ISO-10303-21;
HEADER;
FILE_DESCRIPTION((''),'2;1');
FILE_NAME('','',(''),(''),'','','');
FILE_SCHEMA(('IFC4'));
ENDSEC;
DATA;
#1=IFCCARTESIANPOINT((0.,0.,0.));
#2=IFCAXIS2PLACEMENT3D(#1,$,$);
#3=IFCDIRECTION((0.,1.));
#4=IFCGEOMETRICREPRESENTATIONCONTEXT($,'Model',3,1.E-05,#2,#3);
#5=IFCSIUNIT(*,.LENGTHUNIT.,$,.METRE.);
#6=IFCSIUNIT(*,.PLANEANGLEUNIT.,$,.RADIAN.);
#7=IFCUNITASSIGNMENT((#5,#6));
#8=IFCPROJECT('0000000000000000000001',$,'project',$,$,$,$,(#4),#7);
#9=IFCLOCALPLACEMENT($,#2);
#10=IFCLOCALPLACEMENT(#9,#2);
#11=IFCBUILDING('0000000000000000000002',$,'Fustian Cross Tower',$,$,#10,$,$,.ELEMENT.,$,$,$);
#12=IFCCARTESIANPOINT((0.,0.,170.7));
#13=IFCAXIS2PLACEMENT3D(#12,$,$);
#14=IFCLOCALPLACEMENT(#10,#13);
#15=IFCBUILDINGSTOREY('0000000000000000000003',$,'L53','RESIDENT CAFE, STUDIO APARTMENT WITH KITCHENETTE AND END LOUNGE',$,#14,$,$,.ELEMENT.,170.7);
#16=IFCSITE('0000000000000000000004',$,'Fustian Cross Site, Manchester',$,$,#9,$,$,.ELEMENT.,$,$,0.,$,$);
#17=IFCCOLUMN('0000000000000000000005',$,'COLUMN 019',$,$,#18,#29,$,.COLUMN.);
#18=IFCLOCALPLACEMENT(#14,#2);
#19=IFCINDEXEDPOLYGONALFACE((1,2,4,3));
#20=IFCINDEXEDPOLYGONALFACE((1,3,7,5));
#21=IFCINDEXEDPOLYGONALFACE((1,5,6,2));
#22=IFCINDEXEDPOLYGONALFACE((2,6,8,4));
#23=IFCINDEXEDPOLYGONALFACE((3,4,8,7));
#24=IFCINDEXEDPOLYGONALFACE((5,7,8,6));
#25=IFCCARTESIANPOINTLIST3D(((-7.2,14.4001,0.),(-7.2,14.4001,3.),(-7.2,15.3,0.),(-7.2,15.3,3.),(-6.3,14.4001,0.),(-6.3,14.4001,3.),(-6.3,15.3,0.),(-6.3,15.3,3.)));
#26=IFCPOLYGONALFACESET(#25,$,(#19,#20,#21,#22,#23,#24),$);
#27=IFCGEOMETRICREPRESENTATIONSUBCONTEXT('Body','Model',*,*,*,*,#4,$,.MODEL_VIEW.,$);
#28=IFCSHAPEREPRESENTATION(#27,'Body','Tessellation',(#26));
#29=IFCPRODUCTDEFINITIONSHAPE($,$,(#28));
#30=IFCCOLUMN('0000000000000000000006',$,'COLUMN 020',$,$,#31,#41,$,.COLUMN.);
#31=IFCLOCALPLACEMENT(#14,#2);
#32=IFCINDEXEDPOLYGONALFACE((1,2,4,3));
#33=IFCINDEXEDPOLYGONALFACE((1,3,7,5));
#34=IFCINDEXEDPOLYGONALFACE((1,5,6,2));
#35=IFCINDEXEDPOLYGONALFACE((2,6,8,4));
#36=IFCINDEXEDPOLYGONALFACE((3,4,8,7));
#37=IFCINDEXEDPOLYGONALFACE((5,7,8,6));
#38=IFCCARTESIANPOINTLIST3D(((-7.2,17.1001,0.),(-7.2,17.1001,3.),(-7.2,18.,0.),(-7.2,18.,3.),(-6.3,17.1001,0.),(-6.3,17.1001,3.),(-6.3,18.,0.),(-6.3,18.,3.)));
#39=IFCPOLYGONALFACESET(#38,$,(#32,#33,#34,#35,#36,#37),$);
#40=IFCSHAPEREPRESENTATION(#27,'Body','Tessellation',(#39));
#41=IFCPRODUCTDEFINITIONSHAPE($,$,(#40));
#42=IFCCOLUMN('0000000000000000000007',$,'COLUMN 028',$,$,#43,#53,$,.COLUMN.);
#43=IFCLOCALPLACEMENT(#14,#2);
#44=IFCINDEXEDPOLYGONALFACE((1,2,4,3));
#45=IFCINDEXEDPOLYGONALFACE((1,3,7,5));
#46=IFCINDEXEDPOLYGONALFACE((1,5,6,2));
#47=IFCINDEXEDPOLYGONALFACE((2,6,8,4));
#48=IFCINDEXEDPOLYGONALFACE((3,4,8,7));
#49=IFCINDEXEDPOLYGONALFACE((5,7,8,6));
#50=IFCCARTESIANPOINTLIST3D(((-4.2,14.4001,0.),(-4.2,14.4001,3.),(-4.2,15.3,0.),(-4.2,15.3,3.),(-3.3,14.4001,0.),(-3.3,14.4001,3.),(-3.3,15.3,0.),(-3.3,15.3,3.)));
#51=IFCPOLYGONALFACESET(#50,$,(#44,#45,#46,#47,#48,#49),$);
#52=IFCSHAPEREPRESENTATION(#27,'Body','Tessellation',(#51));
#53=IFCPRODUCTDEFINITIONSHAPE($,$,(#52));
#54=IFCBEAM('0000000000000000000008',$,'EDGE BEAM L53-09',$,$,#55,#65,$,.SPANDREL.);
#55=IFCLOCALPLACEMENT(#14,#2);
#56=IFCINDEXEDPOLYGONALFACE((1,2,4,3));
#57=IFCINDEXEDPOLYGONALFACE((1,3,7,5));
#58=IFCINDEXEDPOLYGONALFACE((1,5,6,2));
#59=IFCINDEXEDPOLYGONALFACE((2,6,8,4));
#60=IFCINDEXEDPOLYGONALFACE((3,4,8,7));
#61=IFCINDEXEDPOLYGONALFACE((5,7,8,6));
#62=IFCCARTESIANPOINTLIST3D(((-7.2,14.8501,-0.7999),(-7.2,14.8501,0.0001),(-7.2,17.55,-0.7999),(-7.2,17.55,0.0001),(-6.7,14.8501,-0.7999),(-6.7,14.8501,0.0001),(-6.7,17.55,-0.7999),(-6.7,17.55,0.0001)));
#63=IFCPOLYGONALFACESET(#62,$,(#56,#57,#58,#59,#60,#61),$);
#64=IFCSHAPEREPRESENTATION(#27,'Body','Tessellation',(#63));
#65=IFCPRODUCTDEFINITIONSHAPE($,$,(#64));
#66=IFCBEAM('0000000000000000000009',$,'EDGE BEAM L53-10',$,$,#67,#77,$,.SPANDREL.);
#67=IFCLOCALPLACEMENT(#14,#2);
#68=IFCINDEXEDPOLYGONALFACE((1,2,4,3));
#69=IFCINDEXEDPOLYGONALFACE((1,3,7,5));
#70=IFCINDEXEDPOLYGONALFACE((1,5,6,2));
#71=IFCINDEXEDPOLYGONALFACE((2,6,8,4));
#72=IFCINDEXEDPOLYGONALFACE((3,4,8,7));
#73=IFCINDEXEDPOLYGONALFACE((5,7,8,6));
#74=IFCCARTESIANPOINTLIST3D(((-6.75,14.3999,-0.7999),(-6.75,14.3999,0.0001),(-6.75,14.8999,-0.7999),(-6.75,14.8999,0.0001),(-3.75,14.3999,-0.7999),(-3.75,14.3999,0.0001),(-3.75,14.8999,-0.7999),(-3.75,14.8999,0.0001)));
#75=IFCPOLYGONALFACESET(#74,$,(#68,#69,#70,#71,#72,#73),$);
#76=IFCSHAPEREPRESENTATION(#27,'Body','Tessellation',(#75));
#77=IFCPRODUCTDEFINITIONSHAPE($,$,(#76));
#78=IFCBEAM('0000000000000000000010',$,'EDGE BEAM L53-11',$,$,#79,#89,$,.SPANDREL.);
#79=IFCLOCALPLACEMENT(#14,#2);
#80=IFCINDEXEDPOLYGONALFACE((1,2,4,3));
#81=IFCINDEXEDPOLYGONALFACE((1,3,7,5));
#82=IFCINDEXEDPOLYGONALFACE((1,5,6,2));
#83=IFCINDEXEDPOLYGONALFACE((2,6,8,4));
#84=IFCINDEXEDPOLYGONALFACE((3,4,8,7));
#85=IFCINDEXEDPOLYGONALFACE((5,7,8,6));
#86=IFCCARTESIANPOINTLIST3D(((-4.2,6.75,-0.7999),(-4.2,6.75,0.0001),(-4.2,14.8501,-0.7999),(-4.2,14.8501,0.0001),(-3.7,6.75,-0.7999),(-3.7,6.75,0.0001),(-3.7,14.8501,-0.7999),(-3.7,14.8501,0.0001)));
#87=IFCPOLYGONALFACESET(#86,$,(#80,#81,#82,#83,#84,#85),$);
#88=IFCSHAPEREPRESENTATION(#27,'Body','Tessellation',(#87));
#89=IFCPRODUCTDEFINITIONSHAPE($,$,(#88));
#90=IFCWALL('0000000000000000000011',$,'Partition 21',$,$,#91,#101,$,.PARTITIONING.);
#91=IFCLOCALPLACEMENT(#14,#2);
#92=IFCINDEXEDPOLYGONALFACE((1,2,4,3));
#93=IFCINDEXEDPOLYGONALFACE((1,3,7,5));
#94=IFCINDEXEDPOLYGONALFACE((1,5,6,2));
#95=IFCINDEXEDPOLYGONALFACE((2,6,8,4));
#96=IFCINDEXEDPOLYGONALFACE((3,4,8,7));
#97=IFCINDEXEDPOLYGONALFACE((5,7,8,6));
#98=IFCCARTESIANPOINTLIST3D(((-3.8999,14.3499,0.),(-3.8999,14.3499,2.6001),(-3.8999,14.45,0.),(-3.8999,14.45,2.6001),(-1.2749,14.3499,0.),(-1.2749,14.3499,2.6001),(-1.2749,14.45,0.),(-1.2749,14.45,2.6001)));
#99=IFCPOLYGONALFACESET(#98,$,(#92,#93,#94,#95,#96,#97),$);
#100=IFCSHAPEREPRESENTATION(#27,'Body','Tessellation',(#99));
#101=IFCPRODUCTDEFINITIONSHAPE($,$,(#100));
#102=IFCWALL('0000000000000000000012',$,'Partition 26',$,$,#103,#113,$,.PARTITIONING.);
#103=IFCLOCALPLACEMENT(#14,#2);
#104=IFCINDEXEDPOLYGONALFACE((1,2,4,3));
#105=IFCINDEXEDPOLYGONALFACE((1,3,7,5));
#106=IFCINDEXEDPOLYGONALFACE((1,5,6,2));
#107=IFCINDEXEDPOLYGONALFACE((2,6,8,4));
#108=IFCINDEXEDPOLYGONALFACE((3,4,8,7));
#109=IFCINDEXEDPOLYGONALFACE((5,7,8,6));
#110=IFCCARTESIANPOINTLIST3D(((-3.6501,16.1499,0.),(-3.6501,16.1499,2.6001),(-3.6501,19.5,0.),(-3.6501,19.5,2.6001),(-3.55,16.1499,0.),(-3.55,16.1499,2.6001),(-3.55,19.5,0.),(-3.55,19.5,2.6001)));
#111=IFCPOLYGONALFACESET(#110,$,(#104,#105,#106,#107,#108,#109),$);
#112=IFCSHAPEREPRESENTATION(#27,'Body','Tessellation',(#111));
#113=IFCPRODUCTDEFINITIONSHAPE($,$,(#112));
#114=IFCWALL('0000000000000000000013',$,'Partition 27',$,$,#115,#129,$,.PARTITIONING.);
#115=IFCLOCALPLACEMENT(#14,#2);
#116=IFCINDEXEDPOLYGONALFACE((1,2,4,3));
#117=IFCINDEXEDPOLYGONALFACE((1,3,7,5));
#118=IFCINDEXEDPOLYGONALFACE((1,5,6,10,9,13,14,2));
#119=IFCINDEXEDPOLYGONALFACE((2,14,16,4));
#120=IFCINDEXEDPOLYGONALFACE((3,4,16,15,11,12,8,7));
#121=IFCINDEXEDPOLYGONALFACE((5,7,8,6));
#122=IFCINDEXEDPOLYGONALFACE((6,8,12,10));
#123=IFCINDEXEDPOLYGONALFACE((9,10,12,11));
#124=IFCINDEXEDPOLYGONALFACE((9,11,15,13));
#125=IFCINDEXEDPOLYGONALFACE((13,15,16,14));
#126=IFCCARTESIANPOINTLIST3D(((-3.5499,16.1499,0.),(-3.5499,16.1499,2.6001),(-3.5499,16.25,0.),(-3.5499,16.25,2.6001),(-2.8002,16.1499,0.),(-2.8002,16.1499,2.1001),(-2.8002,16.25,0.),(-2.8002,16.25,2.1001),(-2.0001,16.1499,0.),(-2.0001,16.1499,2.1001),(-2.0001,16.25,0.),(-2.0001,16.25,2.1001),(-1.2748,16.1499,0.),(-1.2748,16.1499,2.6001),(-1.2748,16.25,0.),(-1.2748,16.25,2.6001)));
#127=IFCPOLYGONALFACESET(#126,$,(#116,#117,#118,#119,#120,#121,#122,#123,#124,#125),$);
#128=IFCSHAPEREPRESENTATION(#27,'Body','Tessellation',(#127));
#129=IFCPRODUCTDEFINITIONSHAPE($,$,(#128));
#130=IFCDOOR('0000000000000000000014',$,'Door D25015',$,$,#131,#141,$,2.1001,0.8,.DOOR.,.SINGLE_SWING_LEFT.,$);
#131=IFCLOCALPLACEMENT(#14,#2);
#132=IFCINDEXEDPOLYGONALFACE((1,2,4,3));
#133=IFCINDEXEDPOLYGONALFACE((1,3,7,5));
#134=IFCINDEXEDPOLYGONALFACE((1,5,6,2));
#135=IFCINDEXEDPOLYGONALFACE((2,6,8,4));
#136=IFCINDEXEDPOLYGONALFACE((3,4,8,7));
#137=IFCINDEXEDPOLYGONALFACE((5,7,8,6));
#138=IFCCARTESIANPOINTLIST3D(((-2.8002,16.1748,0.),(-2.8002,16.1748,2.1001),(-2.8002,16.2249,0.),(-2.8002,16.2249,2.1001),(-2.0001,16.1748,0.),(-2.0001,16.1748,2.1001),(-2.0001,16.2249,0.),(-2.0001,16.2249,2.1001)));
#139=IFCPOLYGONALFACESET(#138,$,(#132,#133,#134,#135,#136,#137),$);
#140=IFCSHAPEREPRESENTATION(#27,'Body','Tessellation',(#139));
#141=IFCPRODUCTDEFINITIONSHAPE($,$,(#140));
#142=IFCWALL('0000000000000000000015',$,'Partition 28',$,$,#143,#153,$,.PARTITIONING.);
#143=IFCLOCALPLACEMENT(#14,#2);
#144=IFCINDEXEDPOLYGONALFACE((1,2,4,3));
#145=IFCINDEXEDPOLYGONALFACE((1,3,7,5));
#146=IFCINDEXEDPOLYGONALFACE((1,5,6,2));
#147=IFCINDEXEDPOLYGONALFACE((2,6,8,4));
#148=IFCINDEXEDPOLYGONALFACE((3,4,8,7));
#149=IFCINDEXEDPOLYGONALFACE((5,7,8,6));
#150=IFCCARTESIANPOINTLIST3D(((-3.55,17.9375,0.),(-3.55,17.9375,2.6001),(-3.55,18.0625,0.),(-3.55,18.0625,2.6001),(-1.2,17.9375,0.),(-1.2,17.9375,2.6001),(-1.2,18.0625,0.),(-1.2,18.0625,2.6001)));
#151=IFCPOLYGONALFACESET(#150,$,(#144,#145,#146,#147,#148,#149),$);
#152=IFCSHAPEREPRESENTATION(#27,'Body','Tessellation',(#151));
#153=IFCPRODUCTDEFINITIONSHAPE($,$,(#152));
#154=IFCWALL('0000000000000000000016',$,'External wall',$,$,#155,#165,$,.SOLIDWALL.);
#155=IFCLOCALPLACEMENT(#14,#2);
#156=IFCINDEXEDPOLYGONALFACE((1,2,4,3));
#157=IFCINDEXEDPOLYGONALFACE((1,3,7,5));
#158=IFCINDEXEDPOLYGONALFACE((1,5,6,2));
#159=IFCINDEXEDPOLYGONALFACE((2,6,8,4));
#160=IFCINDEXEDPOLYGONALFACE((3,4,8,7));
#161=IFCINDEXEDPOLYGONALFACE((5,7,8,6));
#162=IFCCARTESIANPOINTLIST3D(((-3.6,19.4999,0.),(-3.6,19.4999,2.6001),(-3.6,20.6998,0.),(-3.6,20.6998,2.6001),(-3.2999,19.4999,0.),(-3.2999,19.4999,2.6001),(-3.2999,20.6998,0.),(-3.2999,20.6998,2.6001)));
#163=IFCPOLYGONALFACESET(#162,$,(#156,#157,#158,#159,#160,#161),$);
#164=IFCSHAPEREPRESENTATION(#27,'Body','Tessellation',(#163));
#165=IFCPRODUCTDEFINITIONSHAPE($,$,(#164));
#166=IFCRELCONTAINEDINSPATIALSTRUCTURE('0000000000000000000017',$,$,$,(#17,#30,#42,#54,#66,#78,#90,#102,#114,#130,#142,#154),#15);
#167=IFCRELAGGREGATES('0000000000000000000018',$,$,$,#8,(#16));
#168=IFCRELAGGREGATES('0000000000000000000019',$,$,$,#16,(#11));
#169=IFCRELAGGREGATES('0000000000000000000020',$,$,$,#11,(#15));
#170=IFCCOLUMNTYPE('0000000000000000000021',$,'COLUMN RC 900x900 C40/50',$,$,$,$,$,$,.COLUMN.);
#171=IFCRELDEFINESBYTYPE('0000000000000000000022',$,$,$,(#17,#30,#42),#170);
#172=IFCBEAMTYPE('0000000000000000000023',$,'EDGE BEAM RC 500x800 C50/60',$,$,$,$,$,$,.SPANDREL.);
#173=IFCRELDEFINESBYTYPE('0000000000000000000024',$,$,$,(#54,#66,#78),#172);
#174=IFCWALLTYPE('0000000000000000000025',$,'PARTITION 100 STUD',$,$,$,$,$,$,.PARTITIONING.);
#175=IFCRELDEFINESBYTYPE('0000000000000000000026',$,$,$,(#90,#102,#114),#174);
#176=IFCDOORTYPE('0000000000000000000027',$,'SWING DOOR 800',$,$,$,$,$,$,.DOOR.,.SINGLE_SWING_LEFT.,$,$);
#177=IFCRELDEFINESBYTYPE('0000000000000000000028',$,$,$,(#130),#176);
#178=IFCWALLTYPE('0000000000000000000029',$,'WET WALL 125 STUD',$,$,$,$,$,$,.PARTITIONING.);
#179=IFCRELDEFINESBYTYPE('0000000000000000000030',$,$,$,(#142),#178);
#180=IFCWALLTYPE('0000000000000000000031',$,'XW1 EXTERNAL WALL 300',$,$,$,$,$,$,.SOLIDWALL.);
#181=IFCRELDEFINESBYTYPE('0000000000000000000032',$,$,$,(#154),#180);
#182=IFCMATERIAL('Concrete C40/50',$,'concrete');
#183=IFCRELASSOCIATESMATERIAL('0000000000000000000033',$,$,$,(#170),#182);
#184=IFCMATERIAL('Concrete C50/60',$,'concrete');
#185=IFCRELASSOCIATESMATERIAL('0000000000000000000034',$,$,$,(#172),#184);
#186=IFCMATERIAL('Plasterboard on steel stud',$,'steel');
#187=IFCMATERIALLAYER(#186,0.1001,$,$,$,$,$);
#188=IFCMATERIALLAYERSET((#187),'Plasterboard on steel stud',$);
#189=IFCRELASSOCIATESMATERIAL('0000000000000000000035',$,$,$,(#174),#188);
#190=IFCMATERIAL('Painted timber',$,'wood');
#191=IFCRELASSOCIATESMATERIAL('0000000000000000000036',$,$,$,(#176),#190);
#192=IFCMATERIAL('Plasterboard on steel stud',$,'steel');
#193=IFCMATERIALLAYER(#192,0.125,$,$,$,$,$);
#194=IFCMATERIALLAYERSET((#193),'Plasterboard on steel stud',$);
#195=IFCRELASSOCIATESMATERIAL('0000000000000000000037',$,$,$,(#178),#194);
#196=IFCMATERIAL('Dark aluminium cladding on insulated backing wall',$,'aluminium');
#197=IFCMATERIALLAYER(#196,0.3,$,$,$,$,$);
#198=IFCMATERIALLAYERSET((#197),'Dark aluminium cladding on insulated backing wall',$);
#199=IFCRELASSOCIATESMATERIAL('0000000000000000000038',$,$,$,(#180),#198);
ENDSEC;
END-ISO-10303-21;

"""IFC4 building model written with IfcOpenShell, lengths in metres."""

from ifc_helpers import new_model, si_unit, direction, frame, frame_2d, origin, origin_2d, place, context, subcontext, project, spatial, rectangle, extrude, material, layer, layer_set, material_profile, profile_set, type_object, element, fill, save


model = new_model("IFC4")

# Units and contexts
model_context = context("Model", 3, precision=1e-05, world=origin(), true_north=direction((0.0, 1.0)))
body_context = subcontext(model_context, "Body", "Model", "MODEL_VIEW")
ifc_project = project(units=[si_unit("LENGTHUNIT", "METRE"), si_unit("PLANEANGLEUNIT", "RADIAN")], contexts=[model_context])

# Site, building, storey
site_placement = place(None, origin())
site = spatial("IfcSite", under=ifc_project, at=site_placement, Name="Fustian Cross Site, Manchester", CompositionType="ELEMENT", RefElevation=0.0)
building_placement = place(site_placement, origin())
building = spatial("IfcBuilding", under=site, at=building_placement, Name="Fustian Cross Tower", CompositionType="ELEMENT")
storey_placement = place(building_placement, frame((0.0, 0.0, 170.7)))
storey = spatial("IfcBuildingStorey", under=building, at=storey_placement, Name="L53", Description="RESIDENT CAFE, STUDIO APARTMENT WITH KITCHENETTE AND END LOUNGE", CompositionType="ELEMENT", Elevation=170.7)

# Columns
ifc_material_1 = material(Name="Concrete C40/50", Category="concrete")
ifc_material_profile_1 = material_profile(ifc_material_1, rectangle(XDim=0.8999, YDim=0.8999, at=origin_2d()), Name="RC 900x900")
ifc_profile_set_1 = profile_set([ifc_material_profile_1], Name="Concrete C40/50")
column_type = type_object("IfcColumnType", Name="COLUMN RC 900x900 C40/50", PredefinedType="COLUMN", material=ifc_profile_set_1)
for number, where, z_axis, x_axis, name in (
    (1, (-6.75, 14.8501, 0.0), (0.0, 0.0, 1.0), (1.0, 0.0, 0.0), "COLUMN 019"),
    (2, (-6.75, 17.55, 0.0), (0.0, 0.0, 1.0), (1.0, 0.0, 0.0), "COLUMN 020"),
    (3, (-3.75, 14.8501, 0.0), (0.0, 0.0, 1.0), (1.0, 0.0, 0.0), "COLUMN 028"),
):
    element("IfcColumn", number, at=place(storey_placement, frame(where, z_axis=z_axis, x_axis=x_axis)), inside=storey, type_object=column_type, Name=name, PredefinedType="COLUMN", context=body_context, shape_type="SweptSolid", body=[
        extrude(rectangle(XDim=0.8999, YDim=0.8999, at=origin_2d()), origin(), (0.0, 0.0, 1.0), 3.0),
    ])

# Beams
ifc_material_2 = material(Name="Concrete C50/60", Category="concrete")
ifc_material_profile_2 = material_profile(ifc_material_2, rectangle(XDim=0.5, YDim=0.8, at=origin_2d()), Name="RC 500x800")
ifc_profile_set_2 = profile_set([ifc_material_profile_2], Name="Concrete C50/60")
beam_type = type_object("IfcBeamType", Name="EDGE BEAM RC 500x800 C50/60", PredefinedType="SPANDREL", material=ifc_profile_set_2)
beam_1_placement = place(storey_placement, frame((-6.95, 17.55, -0.3999), z_axis=(0.0, -1.0, 0.0), x_axis=(1.0, 0.0, 0.0)))
element("IfcBeam", 4, at=beam_1_placement, inside=storey, type_object=beam_type, Name="EDGE BEAM L53-09", PredefinedType="SPANDREL", context=body_context, shape_type="SweptSolid", body=[
    extrude(rectangle(XDim=0.5, YDim=0.8, at=origin_2d()), origin(), (0.0, 0.0, 1.0), 2.7),
])
beam_2_placement = place(storey_placement, frame((-6.75, 14.6499, -0.3999), z_axis=(1.0, 0.0, 0.0), x_axis=(0.0, 1.0, 0.0)))
element("IfcBeam", 5, at=beam_2_placement, inside=storey, type_object=beam_type, Name="EDGE BEAM L53-10", PredefinedType="SPANDREL", context=body_context, shape_type="SweptSolid", body=[
    extrude(rectangle(XDim=0.5, YDim=0.8, at=origin_2d()), origin(), (0.0, 0.0, 1.0), 3.0),
])
beam_3_placement = place(storey_placement, frame((-3.95, 14.8501, -0.3999), z_axis=(0.0, -1.0, 0.0), x_axis=(1.0, 0.0, 0.0)))
element("IfcBeam", 6, at=beam_3_placement, inside=storey, type_object=beam_type, Name="EDGE BEAM L53-11", PredefinedType="SPANDREL", context=body_context, shape_type="SweptSolid", body=[
    extrude(rectangle(XDim=0.5, YDim=0.8, at=origin_2d()), origin(), (0.0, 0.0, 1.0), 8.1001),
])

# Walls
ifc_material_3 = material(Name="Plasterboard on steel stud", Category="steel")
ifc_layer_1 = layer(ifc_material_3, 0.1001)
ifc_layer_set_1 = layer_set([ifc_layer_1], Name="Plasterboard on steel stud")
wall_type_1 = type_object("IfcWallType", Name="PARTITION 100 STUD", PredefinedType="PARTITIONING", material=ifc_layer_set_1)
wall_1_placement = place(storey_placement, frame((-3.8999, 14.3999, 0.0), z_axis=(0.0, 0.0, 1.0), x_axis=(1.0, 0.0, 0.0)))
element("IfcWall", 7, at=wall_1_placement, inside=storey, type_object=wall_type_1, Name="Partition 21", PredefinedType="PARTITIONING", context=body_context, shape_type="SweptSolid", body=[
    extrude(rectangle(XDim=2.625, YDim=0.1001, at=frame_2d((1.3125, 0.0))), origin(), (0.0, 0.0, 1.0), 2.6001),
])
wall_2_placement = place(storey_placement, frame((-3.6001, 16.1499, 0.0), z_axis=(0.0, 0.0, 1.0), x_axis=(0.0, 1.0, 0.0)))
element("IfcWall", 8, at=wall_2_placement, inside=storey, type_object=wall_type_1, Name="Partition 26", PredefinedType="PARTITIONING", context=body_context, shape_type="SweptSolid", body=[
    extrude(rectangle(XDim=3.3501, YDim=0.1001, at=frame_2d((1.675, 0.0))), origin(), (0.0, 0.0, 1.0), 2.6001),
])

# Wall, opening, door
wall_3_placement = place(storey_placement, frame((-3.55, 16.2, 0.0), z_axis=(0.0, 0.0, 1.0), x_axis=(1.0, 0.0, 0.0)))
wall_3 = element("IfcWall", 9, at=wall_3_placement, inside=storey, type_object=wall_type_1, Name="Partition 27", PredefinedType="PARTITIONING", context=body_context, shape_type="SweptSolid", body=[
    extrude(rectangle(XDim=2.2751, YDim=0.1001, at=frame_2d((1.1377, 0.0))), origin(), (0.0, 0.0, 1.0), 2.6001),
])
opening_1_placement = place(wall_3_placement, frame((0.75, 0.0, 0.0)))
opening_1 = element("IfcOpeningElement", 10, at=opening_1_placement, cuts=wall_3, PredefinedType="OPENING", context=body_context, shape_type="SweptSolid", body=[
    extrude(rectangle(XDim=0.8, YDim=2.1001, at=frame_2d((0.3999, 1.05))), frame((0.0, 0.0601, 0.0), z_axis=(0.0, -1.0, 0.0), x_axis=(1.0, 0.0, 0.0)), (0.0, 0.0, 1.0), 0.1201),
])
ifc_material_4 = material(Name="Painted timber", Category="wood")
door_type_1 = type_object("IfcDoorType", Name="SWING DOOR 800", OperationType="SINGLE_SWING_LEFT", PredefinedType="DOOR", material=ifc_material_4)
door_1_placement = place(opening_1_placement, origin())
door_1 = element("IfcDoor", 11, at=door_1_placement, inside=storey, type_object=door_type_1, Name="Door D25015", OperationType="SINGLE_SWING_LEFT", OverallHeight=2.1001, OverallWidth=0.8, PredefinedType="DOOR", context=body_context, shape_type="SweptSolid", body=[
    extrude(rectangle(XDim=0.8, YDim=2.1001, at=frame_2d((0.3999, 1.05))), frame((0.0, 0.0249, 0.0), z_axis=(0.0, -1.0, 0.0), x_axis=(1.0, 0.0, 0.0)), (0.0, 0.0, 1.0), 0.05),
])
fill(opening_1, door_1)

# Walls
ifc_material_5 = material(Name="Plasterboard on steel stud", Category="steel")
ifc_layer_2 = layer(ifc_material_5, 0.125)
ifc_layer_set_2 = layer_set([ifc_layer_2], Name="Plasterboard on steel stud")
wall_type_2 = type_object("IfcWallType", Name="WET WALL 125 STUD", PredefinedType="PARTITIONING", material=ifc_layer_set_2)
wall_4_placement = place(storey_placement, frame((-3.55, 18.0, 0.0), z_axis=(0.0, 0.0, 1.0), x_axis=(1.0, 0.0, 0.0)))
element("IfcWall", 12, at=wall_4_placement, inside=storey, type_object=wall_type_2, Name="Partition 28", PredefinedType="PARTITIONING", context=body_context, shape_type="SweptSolid", body=[
    extrude(rectangle(XDim=2.3501, YDim=0.125, at=frame_2d((1.175, 0.0))), origin(), (0.0, 0.0, 1.0), 2.6001),
])
ifc_material_6 = material(Name="Dark aluminium cladding on insulated backing wall", Category="aluminium")
ifc_layer_3 = layer(ifc_material_6, 0.3)
ifc_layer_set_3 = layer_set([ifc_layer_3], Name="Dark aluminium cladding on insulated backing wall")
wall_type_3 = type_object("IfcWallType", Name="XW1 EXTERNAL WALL 300", PredefinedType="SOLIDWALL", material=ifc_layer_set_3)
wall_5_placement = place(storey_placement, frame((-3.45, 20.7, 0.0), z_axis=(0.0, 0.0, 1.0), x_axis=(0.0, -1.0, 0.0)))
element("IfcWall", 13, at=wall_5_placement, inside=storey, type_object=wall_type_3, Name="External wall", PredefinedType="SOLIDWALL", context=body_context, shape_type="SweptSolid", body=[
    extrude(rectangle(XDim=1.2, YDim=0.3, at=frame_2d((0.6001, 0.0))), origin(), (0.0, 0.0, 1.0), 2.6001),
])

save(model, "model.ifc")
